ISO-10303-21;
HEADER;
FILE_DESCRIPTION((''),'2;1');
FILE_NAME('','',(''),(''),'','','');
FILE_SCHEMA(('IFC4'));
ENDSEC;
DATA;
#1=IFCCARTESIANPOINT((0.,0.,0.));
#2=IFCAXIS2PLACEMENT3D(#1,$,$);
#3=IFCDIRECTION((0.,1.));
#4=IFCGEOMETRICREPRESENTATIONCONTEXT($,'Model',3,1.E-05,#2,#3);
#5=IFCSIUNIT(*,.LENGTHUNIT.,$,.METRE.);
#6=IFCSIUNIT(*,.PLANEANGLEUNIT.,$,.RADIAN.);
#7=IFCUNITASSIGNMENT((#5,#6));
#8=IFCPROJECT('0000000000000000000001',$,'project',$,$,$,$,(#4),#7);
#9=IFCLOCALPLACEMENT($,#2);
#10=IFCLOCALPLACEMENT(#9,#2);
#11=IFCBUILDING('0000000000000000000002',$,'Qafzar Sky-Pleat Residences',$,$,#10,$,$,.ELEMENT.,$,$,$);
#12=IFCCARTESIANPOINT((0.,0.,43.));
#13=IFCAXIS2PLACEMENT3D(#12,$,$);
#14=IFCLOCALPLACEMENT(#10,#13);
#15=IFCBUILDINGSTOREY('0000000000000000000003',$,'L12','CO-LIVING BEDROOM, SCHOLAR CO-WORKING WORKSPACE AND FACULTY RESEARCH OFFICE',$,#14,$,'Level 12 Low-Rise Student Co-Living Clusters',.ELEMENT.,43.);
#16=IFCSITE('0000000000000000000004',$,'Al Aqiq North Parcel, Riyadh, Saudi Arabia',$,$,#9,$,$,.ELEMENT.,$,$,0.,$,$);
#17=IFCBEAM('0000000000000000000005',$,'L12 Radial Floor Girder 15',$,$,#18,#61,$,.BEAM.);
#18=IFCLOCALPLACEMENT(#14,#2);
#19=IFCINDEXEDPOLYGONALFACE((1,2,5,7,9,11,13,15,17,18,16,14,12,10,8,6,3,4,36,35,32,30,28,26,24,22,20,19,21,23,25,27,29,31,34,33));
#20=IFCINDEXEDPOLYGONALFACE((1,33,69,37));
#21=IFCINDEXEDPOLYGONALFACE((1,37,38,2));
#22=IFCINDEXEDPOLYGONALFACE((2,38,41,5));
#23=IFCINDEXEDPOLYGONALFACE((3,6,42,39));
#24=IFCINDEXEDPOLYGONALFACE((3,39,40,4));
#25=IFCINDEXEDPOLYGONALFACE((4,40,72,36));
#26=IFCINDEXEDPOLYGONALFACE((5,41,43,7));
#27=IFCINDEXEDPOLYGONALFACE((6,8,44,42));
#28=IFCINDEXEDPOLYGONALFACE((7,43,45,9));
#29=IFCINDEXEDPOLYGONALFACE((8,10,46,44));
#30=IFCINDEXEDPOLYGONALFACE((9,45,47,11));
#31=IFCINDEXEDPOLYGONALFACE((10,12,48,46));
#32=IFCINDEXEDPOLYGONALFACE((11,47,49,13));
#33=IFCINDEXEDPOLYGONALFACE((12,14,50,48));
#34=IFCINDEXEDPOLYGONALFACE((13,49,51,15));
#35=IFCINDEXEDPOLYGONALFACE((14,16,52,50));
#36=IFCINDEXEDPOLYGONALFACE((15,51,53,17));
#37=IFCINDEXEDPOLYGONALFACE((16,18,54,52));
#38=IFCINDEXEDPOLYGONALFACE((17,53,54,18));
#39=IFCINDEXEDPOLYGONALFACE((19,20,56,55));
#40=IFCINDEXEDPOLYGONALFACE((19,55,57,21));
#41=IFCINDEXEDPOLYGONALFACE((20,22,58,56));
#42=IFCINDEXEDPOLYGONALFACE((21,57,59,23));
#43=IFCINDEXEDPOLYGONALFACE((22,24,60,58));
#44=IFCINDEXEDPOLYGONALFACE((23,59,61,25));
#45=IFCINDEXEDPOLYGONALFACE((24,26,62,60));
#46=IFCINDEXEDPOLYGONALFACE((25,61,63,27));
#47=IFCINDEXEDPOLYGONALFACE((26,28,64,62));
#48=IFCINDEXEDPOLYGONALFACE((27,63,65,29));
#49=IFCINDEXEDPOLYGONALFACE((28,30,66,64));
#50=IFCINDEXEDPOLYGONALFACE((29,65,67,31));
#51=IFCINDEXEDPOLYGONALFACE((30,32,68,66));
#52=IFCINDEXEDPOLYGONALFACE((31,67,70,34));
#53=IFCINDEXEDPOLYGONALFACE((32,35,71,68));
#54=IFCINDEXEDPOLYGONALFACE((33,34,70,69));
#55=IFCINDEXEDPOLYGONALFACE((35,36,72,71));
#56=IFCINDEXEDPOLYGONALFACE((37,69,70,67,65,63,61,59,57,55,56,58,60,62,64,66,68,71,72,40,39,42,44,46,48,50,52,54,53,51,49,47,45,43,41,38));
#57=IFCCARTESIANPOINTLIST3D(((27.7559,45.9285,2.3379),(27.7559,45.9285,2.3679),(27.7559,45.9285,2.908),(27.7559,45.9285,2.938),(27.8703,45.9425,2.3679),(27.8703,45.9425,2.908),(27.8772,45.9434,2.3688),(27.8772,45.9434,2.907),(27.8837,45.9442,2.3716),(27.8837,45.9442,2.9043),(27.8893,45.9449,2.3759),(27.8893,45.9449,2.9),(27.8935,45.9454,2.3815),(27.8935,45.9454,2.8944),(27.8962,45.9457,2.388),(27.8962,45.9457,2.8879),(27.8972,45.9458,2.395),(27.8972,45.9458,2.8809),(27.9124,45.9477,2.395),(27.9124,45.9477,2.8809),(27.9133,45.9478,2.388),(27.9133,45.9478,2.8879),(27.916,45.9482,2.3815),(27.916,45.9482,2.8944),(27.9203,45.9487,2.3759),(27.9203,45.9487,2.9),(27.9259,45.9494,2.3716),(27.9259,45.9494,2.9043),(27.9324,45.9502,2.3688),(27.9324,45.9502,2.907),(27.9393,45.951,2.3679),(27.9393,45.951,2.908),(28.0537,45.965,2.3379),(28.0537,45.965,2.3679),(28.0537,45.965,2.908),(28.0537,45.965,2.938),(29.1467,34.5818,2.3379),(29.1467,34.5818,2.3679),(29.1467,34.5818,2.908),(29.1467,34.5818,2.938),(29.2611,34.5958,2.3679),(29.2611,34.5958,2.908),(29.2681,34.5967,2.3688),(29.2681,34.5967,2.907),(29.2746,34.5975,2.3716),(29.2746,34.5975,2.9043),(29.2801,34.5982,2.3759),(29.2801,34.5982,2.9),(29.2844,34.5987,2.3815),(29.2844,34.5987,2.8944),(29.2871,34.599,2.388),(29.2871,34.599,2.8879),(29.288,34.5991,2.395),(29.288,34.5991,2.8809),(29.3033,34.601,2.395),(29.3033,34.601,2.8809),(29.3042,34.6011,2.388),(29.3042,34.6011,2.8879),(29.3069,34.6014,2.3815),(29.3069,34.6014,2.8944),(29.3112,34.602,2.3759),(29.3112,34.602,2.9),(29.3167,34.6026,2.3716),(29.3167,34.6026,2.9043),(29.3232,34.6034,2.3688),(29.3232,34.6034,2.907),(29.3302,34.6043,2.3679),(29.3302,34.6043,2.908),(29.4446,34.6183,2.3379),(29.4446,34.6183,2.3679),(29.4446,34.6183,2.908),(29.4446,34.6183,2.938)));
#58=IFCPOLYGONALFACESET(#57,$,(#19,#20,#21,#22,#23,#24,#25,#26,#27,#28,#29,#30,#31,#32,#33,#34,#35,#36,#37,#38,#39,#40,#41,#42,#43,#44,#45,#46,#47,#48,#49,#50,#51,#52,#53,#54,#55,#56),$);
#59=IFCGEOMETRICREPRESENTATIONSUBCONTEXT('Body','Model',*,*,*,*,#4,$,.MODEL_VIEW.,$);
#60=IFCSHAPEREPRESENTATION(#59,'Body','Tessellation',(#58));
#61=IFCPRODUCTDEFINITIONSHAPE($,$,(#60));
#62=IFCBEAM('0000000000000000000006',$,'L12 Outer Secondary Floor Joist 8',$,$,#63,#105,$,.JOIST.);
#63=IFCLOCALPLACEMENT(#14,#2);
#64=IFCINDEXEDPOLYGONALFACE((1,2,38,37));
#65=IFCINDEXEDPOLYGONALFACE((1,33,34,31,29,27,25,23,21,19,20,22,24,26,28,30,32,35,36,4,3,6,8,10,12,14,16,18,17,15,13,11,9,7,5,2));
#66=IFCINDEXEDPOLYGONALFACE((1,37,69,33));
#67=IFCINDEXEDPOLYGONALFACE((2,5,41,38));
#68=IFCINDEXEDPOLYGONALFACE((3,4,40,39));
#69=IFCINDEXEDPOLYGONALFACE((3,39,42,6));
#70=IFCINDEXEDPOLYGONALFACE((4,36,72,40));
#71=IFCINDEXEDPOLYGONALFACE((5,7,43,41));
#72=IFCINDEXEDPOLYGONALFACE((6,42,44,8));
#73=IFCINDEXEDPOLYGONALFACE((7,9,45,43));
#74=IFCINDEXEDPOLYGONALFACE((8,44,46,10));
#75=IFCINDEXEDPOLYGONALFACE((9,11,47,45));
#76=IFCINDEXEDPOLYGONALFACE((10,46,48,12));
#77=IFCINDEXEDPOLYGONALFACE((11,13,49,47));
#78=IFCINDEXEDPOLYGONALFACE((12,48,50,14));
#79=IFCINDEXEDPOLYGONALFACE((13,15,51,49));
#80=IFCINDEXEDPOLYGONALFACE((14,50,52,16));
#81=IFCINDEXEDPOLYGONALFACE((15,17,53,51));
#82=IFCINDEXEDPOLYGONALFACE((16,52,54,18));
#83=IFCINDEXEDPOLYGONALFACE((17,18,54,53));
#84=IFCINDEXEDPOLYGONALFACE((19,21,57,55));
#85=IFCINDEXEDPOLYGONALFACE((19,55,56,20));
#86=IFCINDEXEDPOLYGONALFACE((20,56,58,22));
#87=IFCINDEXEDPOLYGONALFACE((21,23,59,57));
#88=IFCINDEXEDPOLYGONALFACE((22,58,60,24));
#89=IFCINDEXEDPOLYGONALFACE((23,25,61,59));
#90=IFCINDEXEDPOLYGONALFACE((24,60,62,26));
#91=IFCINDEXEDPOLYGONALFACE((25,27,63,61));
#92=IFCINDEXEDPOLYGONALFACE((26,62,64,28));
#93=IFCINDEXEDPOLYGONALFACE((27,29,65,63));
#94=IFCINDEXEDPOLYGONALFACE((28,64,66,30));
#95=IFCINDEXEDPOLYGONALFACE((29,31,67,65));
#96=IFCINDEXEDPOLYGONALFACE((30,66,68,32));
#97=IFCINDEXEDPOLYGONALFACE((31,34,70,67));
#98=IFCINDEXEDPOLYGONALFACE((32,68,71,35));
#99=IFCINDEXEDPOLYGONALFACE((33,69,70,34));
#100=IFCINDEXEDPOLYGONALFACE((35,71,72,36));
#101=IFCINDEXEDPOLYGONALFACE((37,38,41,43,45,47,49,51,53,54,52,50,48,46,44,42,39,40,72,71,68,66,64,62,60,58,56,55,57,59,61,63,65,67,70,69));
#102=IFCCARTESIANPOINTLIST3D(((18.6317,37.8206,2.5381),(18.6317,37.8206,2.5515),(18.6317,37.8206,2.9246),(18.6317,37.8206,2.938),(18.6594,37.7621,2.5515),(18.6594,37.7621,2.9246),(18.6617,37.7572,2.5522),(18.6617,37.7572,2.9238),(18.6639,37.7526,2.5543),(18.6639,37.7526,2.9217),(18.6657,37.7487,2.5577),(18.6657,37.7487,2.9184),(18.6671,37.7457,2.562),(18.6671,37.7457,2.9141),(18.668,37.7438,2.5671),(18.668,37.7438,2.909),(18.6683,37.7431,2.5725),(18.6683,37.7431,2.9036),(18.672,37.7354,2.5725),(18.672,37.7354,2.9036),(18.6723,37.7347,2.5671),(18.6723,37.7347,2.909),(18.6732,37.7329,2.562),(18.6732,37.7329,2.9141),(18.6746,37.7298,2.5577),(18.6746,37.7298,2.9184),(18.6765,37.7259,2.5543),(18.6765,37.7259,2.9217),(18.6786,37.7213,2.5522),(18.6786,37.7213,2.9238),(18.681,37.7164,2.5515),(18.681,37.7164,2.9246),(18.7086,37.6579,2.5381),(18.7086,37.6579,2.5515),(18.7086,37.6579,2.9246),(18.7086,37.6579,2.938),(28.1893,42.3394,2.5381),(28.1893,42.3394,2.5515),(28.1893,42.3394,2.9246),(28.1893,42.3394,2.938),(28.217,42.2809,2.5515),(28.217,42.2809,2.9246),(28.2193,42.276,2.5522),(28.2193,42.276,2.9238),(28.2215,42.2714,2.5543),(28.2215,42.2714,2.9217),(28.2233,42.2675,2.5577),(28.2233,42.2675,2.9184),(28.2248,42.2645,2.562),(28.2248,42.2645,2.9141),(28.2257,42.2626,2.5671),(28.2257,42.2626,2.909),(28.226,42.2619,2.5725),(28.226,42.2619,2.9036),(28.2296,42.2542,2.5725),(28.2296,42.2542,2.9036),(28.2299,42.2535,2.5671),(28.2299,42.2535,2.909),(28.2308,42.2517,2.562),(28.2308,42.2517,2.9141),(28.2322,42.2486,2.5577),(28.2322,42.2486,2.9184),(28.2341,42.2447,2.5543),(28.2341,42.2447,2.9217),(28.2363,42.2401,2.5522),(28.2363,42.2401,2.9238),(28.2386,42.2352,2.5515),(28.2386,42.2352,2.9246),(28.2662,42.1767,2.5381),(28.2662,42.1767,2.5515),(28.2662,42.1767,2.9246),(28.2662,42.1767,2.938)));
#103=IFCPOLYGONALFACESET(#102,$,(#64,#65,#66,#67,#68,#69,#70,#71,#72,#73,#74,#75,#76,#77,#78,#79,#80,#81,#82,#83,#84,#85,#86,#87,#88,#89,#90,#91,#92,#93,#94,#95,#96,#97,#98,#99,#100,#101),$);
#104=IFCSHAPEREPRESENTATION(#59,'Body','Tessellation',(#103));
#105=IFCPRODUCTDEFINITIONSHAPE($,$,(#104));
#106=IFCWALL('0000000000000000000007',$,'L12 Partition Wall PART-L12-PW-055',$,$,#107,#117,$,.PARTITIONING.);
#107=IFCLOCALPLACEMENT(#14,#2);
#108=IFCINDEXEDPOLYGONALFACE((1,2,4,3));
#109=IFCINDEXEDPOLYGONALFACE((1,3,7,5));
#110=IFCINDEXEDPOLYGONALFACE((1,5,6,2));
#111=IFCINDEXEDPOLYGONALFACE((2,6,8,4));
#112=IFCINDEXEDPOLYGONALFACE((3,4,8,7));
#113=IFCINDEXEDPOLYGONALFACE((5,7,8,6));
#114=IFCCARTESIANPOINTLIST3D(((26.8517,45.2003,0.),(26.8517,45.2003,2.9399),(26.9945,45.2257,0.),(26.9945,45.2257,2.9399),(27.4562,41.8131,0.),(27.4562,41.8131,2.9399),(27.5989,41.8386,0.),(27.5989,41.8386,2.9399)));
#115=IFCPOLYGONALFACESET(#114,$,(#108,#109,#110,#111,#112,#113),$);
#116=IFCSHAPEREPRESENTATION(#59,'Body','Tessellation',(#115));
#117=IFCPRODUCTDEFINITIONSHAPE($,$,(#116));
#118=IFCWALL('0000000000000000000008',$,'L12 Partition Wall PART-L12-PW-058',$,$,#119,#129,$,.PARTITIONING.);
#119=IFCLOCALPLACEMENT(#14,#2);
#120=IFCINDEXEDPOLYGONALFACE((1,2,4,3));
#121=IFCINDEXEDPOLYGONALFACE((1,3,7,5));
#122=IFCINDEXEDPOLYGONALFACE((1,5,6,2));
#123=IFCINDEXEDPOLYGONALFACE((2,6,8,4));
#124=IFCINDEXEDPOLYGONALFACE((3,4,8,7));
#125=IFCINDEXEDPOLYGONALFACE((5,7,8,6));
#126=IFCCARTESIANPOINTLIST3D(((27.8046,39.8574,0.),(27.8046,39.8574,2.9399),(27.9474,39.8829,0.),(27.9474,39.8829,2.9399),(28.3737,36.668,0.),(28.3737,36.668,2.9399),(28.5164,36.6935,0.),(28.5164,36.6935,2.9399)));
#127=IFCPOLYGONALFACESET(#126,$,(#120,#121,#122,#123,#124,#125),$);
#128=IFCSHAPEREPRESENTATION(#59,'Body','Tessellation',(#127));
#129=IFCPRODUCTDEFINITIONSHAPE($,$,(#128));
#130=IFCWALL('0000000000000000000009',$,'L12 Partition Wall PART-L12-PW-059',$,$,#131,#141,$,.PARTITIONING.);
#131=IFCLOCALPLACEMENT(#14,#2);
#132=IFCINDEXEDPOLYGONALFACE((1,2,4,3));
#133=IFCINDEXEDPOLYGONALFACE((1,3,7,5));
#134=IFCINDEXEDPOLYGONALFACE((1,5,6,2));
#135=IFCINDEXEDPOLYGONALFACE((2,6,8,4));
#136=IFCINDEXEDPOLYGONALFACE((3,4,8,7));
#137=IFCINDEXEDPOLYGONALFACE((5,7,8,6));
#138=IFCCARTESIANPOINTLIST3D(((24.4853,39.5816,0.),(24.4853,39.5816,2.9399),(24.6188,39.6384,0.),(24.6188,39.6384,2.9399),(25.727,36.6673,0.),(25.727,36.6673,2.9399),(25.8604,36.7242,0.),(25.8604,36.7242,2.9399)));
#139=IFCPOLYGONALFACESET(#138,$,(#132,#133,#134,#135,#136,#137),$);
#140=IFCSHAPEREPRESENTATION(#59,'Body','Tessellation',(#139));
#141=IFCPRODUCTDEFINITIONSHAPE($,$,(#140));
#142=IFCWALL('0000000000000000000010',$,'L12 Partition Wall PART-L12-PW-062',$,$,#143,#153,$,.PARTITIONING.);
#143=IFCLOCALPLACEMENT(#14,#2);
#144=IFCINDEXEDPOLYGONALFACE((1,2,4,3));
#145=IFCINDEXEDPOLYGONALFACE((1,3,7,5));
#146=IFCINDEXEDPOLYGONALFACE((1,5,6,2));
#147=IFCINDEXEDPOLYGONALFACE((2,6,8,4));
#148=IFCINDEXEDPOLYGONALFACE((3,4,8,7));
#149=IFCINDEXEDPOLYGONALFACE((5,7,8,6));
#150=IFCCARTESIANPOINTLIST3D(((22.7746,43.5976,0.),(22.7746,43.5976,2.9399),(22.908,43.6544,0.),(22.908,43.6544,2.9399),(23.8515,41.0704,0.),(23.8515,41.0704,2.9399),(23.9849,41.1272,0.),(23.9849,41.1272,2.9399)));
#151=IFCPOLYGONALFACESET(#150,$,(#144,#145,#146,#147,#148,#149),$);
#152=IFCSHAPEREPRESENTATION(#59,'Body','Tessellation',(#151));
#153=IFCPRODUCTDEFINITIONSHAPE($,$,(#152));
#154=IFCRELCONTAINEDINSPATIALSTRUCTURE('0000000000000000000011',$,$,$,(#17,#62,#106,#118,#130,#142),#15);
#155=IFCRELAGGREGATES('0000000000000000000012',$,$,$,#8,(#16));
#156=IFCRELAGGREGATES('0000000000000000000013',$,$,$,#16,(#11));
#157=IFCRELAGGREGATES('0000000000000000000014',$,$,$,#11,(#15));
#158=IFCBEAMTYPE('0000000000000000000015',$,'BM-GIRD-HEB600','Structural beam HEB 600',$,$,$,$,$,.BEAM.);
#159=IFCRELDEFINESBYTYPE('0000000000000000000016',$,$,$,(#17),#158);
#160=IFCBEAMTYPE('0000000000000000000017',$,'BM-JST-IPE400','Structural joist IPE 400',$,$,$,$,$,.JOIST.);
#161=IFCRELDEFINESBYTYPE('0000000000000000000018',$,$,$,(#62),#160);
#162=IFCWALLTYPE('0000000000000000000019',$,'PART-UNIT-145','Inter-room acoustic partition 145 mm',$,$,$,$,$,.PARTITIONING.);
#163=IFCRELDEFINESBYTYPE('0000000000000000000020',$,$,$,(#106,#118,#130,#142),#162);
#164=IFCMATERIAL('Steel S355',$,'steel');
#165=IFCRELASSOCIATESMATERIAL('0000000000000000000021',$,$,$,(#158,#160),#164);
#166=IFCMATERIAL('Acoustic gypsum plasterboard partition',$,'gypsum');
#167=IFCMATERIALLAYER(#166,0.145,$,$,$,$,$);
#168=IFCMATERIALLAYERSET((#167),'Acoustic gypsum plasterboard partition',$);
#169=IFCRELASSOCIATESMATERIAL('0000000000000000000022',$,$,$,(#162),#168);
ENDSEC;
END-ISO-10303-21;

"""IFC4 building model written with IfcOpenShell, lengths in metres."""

from ifc_helpers import new_model, si_unit, direction, frame, frame_2d, origin, origin_2d, place, context, subcontext, project, spatial, rectangle, i_section, extrude, source, transform, mapped, material, layer, layer_set, material_profile, profile_set, type_object, element, save


model = new_model("IFC4")

# Units and contexts
model_context = context("Model", 3, precision=1e-05, world=origin(), true_north=direction((0.0, 1.0)))
body_context = subcontext(model_context, "Body", "Model", "MODEL_VIEW")
ifc_project = project(units=[si_unit("LENGTHUNIT", "METRE"), si_unit("PLANEANGLEUNIT", "RADIAN")], contexts=[model_context])

# Site, building, storey
site_placement = place(None, origin())
site = spatial("IfcSite", under=ifc_project, at=site_placement, Name="Al Aqiq North Parcel, Riyadh, Saudi Arabia", CompositionType="ELEMENT", RefElevation=0.0)
building_placement = place(site_placement, origin())
building = spatial("IfcBuilding", under=site, at=building_placement, Name="Qafzar Sky-Pleat Residences", CompositionType="ELEMENT")
storey_placement = place(building_placement, frame((0.0, 0.0, 43.0)))
storey = spatial("IfcBuildingStorey", under=building, at=storey_placement, Name="L12", Description="CO-LIVING BEDROOM, SCHOLAR CO-WORKING WORKSPACE AND FACULTY RESEARCH OFFICE", LongName="Level 12 Low-Rise Student Co-Living Clusters", CompositionType="ELEMENT", Elevation=43.0)

# Beams
ifc_material_1 = material(Name="Steel S355", Category="steel")
ifc_material_profile_1 = material_profile(ifc_material_1, i_section(OverallWidth=0.3, OverallDepth=0.6001, WebThickness=0.0154, FlangeThickness=0.03, FilletRadius=0.0271, at=origin_2d()), Name="HEB 600")
ifc_profile_set_1 = profile_set([ifc_material_profile_1], Name="Steel S355")
beam_type_1 = type_object("IfcBeamType", Name="BM-GIRD-HEB600", Description="Structural beam HEB 600", PredefinedType="BEAM", material=ifc_profile_set_1)
shared_shape_1 = source(origin(), body_context, "Body", "SweptSolid", [
    extrude(i_section(OverallWidth=0.3, OverallDepth=0.6001, WebThickness=0.0154, FlangeThickness=0.03, FilletRadius=0.0271, at=origin_2d()), origin(), (0.0, 0.0, 1.0), 11.4316),
])
beam_1_placement = place(storey_placement, frame((27.9048, 45.9468, 2.6379), z_axis=(0.121669, -0.992571, 0.0), x_axis=(0.992571, 0.121669, 0.0)))
element("IfcBeam", 1, at=beam_1_placement, inside=storey, type_object=beam_type_1, Name="L12 Radial Floor Girder 15", PredefinedType="BEAM", context=body_context, shape_type="MappedRepresentation", body=[
    mapped(shared_shape_1, transform((0.0, 0.0, 0.0), x_axis=(1.0, 0.0, 0.0), y_axis=(0.0, 1.0, 0.0), z_axis=(0.0, 0.0, 1.0), scale=1.0)),
])
ifc_material_profile_2 = material_profile(ifc_material_1, i_section(OverallWidth=0.1799, OverallDepth=0.3999, WebThickness=0.0085, FlangeThickness=0.0134, FilletRadius=0.021, at=origin_2d()), Name="IPE 400")
ifc_profile_set_2 = profile_set([ifc_material_profile_2], Name="Steel S355")
beam_type_2 = type_object("IfcBeamType", Name="BM-JST-IPE400", Description="Structural joist IPE 400", PredefinedType="JOIST", material=ifc_profile_set_2)
shared_shape_2 = source(origin(), body_context, "Body", "SweptSolid", [
    extrude(i_section(OverallWidth=0.1799, OverallDepth=0.3999, WebThickness=0.0085, FlangeThickness=0.0134, FilletRadius=0.021, at=origin_2d()), origin(), (0.0, 0.0, 1.0), 10.572),
])
beam_2_placement = place(storey_placement, frame((28.2278, 42.2581, 2.738), z_axis=(-0.904048, -0.42743, 0.0), x_axis=(0.42743, -0.904048, 0.0)))
element("IfcBeam", 2, at=beam_2_placement, inside=storey, type_object=beam_type_2, Name="L12 Outer Secondary Floor Joist 8", PredefinedType="JOIST", context=body_context, shape_type="MappedRepresentation", body=[
    mapped(shared_shape_2, transform((0.0, 0.0, 0.0), x_axis=(1.0, 0.0, 0.0), y_axis=(0.0, 1.0, 0.0), z_axis=(0.0, 0.0, 1.0), scale=1.0)),
])

# Walls
ifc_material_2 = material(Name="Acoustic gypsum plasterboard partition", Category="gypsum")
ifc_layer_1 = layer(ifc_material_2, 0.145)
ifc_layer_set_1 = layer_set([ifc_layer_1], Name="Acoustic gypsum plasterboard partition")
wall_type_1 = type_object("IfcWallType", Name="PART-UNIT-145", Description="Inter-room acoustic partition 145 mm", PredefinedType="PARTITIONING", material=ifc_layer_set_1)
wall_1_placement = place(storey_placement, frame((26.9231, 45.2129, 0.0), z_axis=(0.0, 0.0, 1.0), x_axis=(0.175687, -0.984446, 0.0)))
element("IfcWall", 3, at=wall_1_placement, inside=storey, type_object=wall_type_1, Name="L12 Partition Wall PART-L12-PW-055", PredefinedType="PARTITIONING", context=body_context, shape_type="SweptSolid", body=[
    extrude(rectangle(XDim=3.4407, YDim=0.145, at=frame_2d((1.7202, 0.0))), origin(), (0.0, 0.0, 1.0), 2.9399),
])
wall_2_placement = place(storey_placement, frame((27.876, 39.8701, 0.0), z_axis=(0.0, 0.0, 1.0), x_axis=(0.175655, -0.984452, 0.0)))
element("IfcWall", 4, at=wall_2_placement, inside=storey, type_object=wall_type_1, Name="L12 Partition Wall PART-L12-PW-058", PredefinedType="PARTITIONING", context=body_context, shape_type="SweptSolid", body=[
    extrude(rectangle(XDim=3.2397, YDim=0.145, at=frame_2d((1.6199, 0.0))), origin(), (0.0, 0.0, 1.0), 2.9399),
])
wall_3_placement = place(storey_placement, frame((24.552, 39.6101, 0.0), z_axis=(0.0, 0.0, 1.0), x_axis=(0.391974, -0.919976, 0.0)))
element("IfcWall", 5, at=wall_3_placement, inside=storey, type_object=wall_type_1, Name="L12 Partition Wall PART-L12-PW-059", PredefinedType="PARTITIONING", context=body_context, shape_type="SweptSolid", body=[
    extrude(rectangle(XDim=3.1677, YDim=0.145, at=frame_2d((1.584, 0.0))), origin(), (0.0, 0.0, 1.0), 2.9399),
])
wall_4_placement = place(storey_placement, frame((22.8413, 43.626, 0.0), z_axis=(0.0, 0.0, 1.0), x_axis=(0.392031, -0.919952, 0.0)))
element("IfcWall", 6, at=wall_4_placement, inside=storey, type_object=wall_type_1, Name="L12 Partition Wall PART-L12-PW-062", PredefinedType="PARTITIONING", context=body_context, shape_type="SweptSolid", body=[
    extrude(rectangle(XDim=2.7471, YDim=0.145, at=frame_2d((1.3735, 0.0))), origin(), (0.0, 0.0, 1.0), 2.9399),
])

save(model, "model.ifc")
